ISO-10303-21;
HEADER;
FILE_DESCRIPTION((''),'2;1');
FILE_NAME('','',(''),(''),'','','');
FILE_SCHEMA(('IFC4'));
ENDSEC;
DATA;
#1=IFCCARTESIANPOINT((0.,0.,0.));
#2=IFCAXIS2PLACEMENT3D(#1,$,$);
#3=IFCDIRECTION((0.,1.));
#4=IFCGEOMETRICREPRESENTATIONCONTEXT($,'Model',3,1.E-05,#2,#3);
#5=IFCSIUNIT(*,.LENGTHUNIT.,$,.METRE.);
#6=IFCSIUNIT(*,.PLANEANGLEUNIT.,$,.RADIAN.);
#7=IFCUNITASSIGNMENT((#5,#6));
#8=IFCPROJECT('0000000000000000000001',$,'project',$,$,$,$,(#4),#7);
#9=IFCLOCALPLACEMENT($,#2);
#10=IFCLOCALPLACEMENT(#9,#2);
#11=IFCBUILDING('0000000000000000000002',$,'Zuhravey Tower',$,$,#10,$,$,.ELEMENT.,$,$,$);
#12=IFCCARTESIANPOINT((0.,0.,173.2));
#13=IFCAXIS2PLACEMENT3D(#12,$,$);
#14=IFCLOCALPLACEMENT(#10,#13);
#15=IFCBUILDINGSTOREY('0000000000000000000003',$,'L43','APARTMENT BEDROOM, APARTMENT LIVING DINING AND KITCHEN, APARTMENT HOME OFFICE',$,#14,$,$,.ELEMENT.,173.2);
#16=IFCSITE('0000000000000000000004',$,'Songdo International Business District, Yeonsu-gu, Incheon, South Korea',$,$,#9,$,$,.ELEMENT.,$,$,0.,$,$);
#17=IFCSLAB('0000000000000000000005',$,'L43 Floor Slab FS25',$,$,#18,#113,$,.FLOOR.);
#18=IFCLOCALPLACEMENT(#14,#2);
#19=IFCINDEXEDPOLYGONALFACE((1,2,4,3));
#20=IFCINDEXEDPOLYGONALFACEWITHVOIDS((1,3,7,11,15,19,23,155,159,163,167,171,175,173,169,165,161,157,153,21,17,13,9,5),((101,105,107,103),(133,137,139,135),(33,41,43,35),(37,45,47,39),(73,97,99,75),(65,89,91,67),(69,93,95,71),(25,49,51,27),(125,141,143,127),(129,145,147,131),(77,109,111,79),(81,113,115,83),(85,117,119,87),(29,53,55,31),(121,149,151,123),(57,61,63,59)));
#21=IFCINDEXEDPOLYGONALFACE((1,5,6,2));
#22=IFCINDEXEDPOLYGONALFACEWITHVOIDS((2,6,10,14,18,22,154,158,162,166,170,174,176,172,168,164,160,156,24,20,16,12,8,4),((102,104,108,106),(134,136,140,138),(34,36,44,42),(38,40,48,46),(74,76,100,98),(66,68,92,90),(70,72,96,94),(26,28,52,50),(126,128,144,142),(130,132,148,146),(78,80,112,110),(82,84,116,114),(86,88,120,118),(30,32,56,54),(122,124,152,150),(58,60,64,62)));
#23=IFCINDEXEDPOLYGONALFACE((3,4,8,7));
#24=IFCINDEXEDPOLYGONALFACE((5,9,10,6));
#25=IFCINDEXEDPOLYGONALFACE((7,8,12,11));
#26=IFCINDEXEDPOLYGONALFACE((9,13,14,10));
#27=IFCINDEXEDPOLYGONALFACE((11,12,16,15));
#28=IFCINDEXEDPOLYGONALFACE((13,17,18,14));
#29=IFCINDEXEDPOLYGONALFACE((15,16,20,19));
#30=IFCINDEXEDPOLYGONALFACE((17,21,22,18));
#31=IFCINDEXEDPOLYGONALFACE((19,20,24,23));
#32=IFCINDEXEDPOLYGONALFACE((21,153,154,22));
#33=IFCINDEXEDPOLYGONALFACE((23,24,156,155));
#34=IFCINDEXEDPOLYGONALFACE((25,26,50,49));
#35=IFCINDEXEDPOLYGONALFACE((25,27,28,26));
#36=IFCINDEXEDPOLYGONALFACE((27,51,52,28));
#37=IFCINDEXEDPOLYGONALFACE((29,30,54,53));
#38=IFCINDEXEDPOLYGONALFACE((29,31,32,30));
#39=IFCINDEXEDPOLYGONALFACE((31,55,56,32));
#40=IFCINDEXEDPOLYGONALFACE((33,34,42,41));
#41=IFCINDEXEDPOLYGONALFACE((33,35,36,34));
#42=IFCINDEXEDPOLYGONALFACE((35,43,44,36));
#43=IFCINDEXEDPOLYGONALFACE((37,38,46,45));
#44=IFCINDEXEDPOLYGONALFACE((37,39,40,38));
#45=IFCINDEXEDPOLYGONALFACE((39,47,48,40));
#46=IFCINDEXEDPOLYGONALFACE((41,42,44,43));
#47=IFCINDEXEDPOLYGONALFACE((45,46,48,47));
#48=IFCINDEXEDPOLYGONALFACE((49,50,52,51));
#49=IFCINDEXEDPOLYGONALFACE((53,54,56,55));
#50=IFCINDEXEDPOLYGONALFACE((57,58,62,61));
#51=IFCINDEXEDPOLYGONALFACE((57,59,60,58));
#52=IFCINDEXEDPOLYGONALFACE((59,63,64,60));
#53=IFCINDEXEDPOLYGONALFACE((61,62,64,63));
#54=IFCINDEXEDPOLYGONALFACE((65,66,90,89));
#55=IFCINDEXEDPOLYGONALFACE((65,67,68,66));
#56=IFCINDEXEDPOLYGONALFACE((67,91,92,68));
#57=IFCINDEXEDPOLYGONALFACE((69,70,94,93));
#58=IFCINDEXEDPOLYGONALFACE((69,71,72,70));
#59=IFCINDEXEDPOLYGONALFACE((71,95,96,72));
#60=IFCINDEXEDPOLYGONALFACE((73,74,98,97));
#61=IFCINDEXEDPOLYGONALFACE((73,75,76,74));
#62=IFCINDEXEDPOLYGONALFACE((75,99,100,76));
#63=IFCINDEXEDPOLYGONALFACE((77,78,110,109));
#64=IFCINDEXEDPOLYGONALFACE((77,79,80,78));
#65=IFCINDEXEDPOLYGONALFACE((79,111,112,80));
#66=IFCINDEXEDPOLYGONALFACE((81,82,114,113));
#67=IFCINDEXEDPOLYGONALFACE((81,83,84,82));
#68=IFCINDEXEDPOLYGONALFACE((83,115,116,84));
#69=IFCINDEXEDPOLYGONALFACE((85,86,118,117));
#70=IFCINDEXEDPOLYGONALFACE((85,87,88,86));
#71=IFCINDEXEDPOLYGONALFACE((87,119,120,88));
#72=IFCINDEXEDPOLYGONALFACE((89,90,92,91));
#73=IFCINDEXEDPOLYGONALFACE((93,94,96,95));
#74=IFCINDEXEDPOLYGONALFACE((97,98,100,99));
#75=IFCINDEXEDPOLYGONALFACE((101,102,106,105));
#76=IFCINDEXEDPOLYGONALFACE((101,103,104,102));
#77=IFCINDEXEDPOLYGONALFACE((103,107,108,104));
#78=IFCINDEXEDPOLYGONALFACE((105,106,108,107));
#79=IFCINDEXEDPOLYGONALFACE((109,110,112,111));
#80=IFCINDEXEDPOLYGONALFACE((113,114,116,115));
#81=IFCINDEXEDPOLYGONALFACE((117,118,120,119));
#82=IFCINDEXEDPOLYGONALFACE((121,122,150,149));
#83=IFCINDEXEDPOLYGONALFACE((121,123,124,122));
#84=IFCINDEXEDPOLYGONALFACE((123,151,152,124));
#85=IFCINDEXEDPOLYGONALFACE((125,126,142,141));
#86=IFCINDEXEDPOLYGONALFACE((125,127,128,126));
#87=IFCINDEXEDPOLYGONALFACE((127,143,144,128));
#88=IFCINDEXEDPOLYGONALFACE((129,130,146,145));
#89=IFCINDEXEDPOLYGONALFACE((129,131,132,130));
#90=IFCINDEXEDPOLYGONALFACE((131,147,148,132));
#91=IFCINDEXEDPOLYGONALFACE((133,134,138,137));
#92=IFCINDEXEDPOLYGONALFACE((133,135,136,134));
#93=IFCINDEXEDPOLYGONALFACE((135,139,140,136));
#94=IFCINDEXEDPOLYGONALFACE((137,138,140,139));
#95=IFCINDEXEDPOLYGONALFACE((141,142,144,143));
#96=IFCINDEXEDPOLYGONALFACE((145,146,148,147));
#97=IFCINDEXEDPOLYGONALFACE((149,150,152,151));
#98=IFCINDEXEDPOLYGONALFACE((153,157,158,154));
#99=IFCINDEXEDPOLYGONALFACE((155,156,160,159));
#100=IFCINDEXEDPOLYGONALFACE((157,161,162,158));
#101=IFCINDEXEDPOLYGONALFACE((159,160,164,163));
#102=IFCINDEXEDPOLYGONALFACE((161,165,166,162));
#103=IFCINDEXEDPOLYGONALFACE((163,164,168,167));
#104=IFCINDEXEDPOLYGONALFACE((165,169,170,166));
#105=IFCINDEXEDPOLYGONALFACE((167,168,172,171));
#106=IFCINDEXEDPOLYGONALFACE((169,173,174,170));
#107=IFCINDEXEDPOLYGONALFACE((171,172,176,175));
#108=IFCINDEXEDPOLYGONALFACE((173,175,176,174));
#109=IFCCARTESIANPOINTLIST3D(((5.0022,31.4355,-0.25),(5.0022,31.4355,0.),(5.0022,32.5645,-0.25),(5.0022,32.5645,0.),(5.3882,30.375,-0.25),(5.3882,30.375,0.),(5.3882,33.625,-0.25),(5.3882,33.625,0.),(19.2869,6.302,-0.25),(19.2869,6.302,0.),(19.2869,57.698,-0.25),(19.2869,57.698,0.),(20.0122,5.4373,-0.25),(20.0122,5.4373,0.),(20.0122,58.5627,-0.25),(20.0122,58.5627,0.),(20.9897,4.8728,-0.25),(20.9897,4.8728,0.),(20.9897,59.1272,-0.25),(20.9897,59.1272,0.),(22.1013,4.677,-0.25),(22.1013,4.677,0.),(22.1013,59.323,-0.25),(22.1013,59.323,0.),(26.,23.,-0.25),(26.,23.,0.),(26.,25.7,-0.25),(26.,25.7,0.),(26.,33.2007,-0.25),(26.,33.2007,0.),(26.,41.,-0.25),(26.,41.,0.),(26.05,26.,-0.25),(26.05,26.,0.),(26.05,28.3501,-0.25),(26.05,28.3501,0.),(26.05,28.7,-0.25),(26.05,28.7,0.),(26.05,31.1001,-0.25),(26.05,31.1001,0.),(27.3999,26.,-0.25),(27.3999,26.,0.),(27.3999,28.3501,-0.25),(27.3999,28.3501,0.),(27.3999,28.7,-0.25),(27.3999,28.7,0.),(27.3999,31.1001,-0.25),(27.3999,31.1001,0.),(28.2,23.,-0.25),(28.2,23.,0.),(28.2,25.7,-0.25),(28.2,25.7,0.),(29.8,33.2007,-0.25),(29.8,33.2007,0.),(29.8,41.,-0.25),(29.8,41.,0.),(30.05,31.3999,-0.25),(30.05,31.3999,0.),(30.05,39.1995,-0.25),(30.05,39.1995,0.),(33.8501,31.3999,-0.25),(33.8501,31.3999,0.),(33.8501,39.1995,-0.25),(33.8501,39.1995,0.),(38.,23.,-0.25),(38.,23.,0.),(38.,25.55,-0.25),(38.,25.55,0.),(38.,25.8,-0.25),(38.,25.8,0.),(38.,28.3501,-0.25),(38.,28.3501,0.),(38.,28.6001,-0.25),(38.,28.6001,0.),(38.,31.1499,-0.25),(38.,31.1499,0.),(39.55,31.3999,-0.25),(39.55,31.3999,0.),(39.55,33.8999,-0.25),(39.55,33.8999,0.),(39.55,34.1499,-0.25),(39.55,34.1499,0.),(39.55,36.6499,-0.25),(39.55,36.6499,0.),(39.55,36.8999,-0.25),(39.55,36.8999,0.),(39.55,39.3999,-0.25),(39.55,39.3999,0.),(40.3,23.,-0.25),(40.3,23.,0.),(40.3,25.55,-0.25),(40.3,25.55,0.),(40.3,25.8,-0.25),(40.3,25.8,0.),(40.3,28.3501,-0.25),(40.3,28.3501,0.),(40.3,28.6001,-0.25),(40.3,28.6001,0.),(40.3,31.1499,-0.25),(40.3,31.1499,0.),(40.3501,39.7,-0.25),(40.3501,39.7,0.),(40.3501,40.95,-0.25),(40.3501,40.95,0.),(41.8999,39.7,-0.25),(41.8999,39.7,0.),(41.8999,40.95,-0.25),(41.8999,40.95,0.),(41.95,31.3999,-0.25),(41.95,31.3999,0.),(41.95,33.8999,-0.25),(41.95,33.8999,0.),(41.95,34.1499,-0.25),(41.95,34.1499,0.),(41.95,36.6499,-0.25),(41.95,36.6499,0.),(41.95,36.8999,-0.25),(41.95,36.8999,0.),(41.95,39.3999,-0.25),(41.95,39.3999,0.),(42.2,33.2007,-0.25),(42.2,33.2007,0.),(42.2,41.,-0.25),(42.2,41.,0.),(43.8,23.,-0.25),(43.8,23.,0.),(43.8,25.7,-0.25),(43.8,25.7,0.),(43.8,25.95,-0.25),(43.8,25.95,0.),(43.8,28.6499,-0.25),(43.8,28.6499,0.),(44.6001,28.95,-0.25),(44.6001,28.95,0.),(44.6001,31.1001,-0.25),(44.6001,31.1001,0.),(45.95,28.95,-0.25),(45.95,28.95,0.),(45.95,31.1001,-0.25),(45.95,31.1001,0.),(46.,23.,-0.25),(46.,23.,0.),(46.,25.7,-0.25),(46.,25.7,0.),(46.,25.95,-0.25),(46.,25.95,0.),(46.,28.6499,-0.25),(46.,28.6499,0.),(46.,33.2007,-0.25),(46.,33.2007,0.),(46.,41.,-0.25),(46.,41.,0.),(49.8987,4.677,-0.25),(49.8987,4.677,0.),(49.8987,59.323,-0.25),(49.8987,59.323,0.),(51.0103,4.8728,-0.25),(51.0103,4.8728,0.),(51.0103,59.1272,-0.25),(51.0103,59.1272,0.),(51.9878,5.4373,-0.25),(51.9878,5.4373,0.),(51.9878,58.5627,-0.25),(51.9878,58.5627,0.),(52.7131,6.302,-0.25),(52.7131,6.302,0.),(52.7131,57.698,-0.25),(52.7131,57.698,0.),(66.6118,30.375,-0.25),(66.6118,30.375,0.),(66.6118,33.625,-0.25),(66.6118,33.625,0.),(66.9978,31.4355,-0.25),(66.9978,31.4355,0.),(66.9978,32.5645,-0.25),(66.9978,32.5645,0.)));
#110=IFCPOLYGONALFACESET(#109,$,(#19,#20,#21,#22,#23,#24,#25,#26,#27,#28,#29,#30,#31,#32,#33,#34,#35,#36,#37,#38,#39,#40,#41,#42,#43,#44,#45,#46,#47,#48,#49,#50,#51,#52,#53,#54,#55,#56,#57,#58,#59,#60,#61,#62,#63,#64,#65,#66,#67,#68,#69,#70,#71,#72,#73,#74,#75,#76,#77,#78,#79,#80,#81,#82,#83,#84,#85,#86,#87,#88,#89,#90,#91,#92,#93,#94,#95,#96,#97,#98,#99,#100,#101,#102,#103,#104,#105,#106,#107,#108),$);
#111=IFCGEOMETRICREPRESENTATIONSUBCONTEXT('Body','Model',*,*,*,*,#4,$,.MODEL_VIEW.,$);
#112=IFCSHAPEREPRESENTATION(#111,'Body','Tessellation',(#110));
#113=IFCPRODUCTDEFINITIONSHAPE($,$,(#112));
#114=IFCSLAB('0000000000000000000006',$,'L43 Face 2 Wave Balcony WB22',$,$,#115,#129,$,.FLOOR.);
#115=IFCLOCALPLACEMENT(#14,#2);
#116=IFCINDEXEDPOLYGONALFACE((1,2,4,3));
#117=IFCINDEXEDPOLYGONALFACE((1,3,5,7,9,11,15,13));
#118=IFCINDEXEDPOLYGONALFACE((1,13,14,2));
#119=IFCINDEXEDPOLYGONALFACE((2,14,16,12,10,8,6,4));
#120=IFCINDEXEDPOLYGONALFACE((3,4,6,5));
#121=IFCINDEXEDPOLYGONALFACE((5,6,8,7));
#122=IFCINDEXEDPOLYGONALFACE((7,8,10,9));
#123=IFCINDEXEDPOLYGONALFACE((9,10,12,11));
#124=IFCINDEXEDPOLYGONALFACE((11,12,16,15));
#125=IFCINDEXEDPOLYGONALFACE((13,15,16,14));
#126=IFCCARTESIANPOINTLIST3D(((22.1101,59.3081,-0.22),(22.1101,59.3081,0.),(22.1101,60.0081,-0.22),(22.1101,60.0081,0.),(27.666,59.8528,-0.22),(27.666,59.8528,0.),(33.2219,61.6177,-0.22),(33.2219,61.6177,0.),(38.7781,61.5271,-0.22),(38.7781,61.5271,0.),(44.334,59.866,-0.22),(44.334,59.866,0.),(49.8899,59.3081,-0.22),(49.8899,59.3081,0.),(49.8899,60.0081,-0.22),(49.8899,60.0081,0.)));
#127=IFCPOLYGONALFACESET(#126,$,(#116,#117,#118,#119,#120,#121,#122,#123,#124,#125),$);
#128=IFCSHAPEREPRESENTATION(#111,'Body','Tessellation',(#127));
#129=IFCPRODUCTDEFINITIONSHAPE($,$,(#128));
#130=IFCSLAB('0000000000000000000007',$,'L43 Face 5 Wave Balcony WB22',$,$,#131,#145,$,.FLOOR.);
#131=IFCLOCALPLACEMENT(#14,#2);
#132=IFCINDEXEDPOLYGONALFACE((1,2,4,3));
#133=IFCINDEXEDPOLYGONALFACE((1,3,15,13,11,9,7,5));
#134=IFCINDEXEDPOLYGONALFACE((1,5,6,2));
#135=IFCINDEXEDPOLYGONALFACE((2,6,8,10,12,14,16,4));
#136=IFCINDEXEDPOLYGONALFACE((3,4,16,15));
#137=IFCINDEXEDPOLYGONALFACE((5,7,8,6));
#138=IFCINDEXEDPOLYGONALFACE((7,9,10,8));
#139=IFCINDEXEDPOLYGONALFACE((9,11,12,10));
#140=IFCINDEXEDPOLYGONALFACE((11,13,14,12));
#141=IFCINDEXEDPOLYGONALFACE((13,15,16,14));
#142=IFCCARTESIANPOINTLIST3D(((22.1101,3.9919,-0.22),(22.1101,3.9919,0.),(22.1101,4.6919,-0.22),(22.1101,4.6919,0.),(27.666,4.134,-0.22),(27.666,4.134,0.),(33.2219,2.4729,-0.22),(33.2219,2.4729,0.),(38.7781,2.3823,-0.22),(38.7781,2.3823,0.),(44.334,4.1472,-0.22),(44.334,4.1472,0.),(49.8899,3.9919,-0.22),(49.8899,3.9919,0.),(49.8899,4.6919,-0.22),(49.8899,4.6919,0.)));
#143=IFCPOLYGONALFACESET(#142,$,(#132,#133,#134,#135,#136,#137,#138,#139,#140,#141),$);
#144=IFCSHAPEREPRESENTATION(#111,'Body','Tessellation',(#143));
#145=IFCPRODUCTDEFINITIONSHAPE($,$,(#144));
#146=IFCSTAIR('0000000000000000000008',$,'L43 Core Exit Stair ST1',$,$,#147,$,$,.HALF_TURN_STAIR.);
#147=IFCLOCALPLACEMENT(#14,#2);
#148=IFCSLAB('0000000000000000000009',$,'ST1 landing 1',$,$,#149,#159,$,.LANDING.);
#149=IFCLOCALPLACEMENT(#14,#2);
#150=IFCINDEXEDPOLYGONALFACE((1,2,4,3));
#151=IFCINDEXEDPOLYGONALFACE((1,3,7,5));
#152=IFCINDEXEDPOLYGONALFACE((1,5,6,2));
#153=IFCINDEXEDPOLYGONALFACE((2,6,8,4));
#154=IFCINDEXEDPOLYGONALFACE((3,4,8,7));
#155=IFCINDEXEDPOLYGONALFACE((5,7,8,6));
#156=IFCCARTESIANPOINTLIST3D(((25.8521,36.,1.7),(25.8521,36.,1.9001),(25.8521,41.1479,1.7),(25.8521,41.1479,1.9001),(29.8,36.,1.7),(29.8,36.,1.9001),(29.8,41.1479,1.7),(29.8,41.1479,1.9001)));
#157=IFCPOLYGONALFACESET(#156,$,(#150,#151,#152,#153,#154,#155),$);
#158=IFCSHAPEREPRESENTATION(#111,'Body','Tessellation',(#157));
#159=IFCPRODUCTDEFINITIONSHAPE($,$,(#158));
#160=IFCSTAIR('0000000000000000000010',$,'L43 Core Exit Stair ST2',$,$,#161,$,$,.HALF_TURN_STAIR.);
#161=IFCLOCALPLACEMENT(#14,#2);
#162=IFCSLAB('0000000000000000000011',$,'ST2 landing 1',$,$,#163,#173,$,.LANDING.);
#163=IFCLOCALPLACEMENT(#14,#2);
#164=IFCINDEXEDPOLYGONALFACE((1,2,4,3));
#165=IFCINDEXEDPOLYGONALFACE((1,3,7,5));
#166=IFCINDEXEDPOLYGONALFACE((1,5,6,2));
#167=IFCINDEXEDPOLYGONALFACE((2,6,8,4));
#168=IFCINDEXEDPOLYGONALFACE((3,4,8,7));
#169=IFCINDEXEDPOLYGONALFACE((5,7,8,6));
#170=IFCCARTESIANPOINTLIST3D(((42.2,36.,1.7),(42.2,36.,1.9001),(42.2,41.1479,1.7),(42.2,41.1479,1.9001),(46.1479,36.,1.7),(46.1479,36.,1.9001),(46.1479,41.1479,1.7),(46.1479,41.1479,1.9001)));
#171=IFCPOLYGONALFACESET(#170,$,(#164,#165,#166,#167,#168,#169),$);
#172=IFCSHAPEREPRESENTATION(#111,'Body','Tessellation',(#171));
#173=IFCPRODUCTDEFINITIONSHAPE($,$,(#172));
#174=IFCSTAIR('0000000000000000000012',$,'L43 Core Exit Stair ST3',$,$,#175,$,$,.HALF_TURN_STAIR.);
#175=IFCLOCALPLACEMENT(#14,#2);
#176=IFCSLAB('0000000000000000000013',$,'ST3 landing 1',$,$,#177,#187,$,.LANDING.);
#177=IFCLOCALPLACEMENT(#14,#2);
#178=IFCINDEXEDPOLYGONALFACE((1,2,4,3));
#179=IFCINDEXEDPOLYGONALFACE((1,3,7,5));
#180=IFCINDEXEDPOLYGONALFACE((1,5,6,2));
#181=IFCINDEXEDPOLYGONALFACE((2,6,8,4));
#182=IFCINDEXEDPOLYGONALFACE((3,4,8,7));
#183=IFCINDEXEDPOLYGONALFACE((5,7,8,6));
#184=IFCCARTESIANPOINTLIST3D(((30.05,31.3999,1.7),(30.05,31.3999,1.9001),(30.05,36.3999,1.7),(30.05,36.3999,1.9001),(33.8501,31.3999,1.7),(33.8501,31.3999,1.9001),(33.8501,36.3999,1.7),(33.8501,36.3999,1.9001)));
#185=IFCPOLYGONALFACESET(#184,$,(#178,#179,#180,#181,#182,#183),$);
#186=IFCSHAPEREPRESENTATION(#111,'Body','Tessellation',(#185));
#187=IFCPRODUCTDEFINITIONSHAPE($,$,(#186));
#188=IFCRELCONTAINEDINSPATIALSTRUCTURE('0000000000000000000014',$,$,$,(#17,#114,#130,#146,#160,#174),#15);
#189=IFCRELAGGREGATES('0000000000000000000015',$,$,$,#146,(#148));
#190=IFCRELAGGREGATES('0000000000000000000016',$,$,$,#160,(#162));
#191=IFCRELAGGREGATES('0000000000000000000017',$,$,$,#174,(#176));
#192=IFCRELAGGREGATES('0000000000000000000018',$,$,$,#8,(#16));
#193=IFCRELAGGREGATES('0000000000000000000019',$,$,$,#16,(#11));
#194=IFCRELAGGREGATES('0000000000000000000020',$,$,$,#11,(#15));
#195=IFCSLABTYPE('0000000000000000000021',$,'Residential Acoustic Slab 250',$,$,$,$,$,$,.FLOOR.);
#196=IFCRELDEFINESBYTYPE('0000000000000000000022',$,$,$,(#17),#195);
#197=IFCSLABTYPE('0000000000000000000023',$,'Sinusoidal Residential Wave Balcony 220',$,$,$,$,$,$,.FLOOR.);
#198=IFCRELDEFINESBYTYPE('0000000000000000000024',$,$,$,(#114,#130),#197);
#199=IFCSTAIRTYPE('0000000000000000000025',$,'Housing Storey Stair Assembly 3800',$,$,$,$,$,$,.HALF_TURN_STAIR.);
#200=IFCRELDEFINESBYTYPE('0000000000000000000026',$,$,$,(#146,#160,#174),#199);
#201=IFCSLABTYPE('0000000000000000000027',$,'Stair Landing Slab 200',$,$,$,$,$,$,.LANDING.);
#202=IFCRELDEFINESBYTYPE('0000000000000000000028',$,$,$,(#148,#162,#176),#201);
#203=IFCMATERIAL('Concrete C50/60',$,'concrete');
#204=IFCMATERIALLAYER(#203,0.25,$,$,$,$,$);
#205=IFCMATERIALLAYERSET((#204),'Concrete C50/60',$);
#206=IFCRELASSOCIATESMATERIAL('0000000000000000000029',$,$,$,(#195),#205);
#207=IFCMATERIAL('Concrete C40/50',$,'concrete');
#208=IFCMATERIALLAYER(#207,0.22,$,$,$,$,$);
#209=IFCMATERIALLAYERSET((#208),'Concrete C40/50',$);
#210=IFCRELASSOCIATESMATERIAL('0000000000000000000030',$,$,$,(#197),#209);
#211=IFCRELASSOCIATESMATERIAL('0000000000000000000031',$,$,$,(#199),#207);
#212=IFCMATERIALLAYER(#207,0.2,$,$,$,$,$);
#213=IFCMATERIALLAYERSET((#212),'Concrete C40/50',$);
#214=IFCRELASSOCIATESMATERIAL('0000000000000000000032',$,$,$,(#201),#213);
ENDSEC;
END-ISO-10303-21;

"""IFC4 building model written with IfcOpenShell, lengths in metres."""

from ifc_helpers import new_model, si_unit, direction, frame, origin, place, context, subcontext, project, spatial, polyline, outline, extrude, material, layer, layer_set, type_object, element, aggregate, save


model = new_model("IFC4")

# Units and contexts
model_context = context("Model", 3, precision=1e-05, world=origin(), true_north=direction((0.0, 1.0)))
body_context = subcontext(model_context, "Body", "Model", "MODEL_VIEW")
ifc_project = project(units=[si_unit("LENGTHUNIT", "METRE"), si_unit("PLANEANGLEUNIT", "RADIAN")], contexts=[model_context])

# Site, building, storey
site_placement = place(None, origin())
site = spatial("IfcSite", under=ifc_project, at=site_placement, Name="Songdo International Business District, Yeonsu-gu, Incheon, South Korea", CompositionType="ELEMENT", RefElevation=0.0)
building_placement = place(site_placement, origin())
building = spatial("IfcBuilding", under=site, at=building_placement, Name="Zuhravey Tower", CompositionType="ELEMENT")
storey_placement = place(building_placement, frame((0.0, 0.0, 173.2)))
storey = spatial("IfcBuildingStorey", under=building, at=storey_placement, Name="L43", Description="APARTMENT BEDROOM, APARTMENT LIVING DINING AND KITCHEN, APARTMENT HOME OFFICE", CompositionType="ELEMENT", Elevation=173.2)

# Slabs
ifc_material_1 = material(Name="Concrete C50/60", Category="concrete")
ifc_layer_1 = layer(ifc_material_1, 0.25)
ifc_layer_set_1 = layer_set([ifc_layer_1], Name="Concrete C50/60")
slab_type_1 = type_object("IfcSlabType", Name="Residential Acoustic Slab 250", PredefinedType="FLOOR", material=ifc_layer_set_1)
slab_1_placement = place(storey_placement, frame((0.0, 0.0, -0.25)))
element("IfcSlab", 1, at=slab_1_placement, inside=storey, type_object=slab_type_1, Name="L43 Floor Slab FS25", PredefinedType="FLOOR", context=body_context, shape_type="SweptSolid", body=[
    extrude(outline(polyline([(66.6118, 30.375), (66.9978, 31.4355), (66.9978, 32.5645), (66.6118, 33.625), (52.7131, 57.698), (51.9878, 58.5627), (51.0103, 59.1272), (49.8987, 59.323), (22.1013, 59.323), (20.9897, 59.1272), (20.0122, 58.5627), (19.2869, 57.698), (5.3882, 33.625), (5.0022, 32.5645), (5.0022, 31.4355), (5.3882, 30.375), (19.2869, 6.302), (20.0122, 5.4373), (20.9897, 4.8728), (22.1013, 4.677), (49.8987, 4.677), (51.0103, 4.8728), (51.9878, 5.4373), (52.7131, 6.302), (66.6118, 30.375)]), holes=[polyline([(29.8, 33.2007), (29.8, 41.0), (26.0, 41.0), (26.0, 33.2007), (29.8, 33.2007)]), polyline([(46.0, 33.2007), (46.0, 41.0), (42.2, 41.0), (42.2, 33.2007), (46.0, 33.2007)]), polyline([(30.05, 39.1995), (30.05, 31.3999), (33.8501, 31.3999), (33.8501, 39.1995), (30.05, 39.1995)]), polyline([(38.0, 23.0), (40.3, 23.0), (40.3, 25.55), (38.0, 25.55), (38.0, 23.0)]), polyline([(38.0, 25.8), (40.3, 25.8), (40.3, 28.3501), (38.0, 28.3501), (38.0, 25.8)]), polyline([(38.0, 28.6001), (40.3, 28.6001), (40.3, 31.1499), (38.0, 31.1499), (38.0, 28.6001)]), polyline([(39.55, 31.3999), (41.95, 31.3999), (41.95, 33.8999), (39.55, 33.8999), (39.55, 31.3999)]), polyline([(39.55, 34.1499), (41.95, 34.1499), (41.95, 36.6499), (39.55, 36.6499), (39.55, 34.1499)]), polyline([(39.55, 36.8999), (41.95, 36.8999), (41.95, 39.3999), (39.55, 39.3999), (39.55, 36.8999)]), polyline([(26.0, 23.0), (28.2, 23.0), (28.2, 25.7), (26.0, 25.7), (26.0, 23.0)]), polyline([(43.8, 23.0), (46.0, 23.0), (46.0, 25.7), (43.8, 25.7), (43.8, 23.0)]), polyline([(43.8, 25.95), (46.0, 25.95), (46.0, 28.6499), (43.8, 28.6499), (43.8, 25.95)]), polyline([(26.05, 26.0), (27.3999, 26.0), (27.3999, 28.3501), (26.05, 28.3501), (26.05, 26.0)]), polyline([(26.05, 28.7), (27.3999, 28.7), (27.3999, 31.1001), (26.05, 31.1001), (26.05, 28.7)]), polyline([(44.6001, 28.95), (45.95, 28.95), (45.95, 31.1001), (44.6001, 31.1001), (44.6001, 28.95)]), polyline([(40.3501, 39.7), (41.8999, 39.7), (41.8999, 40.95), (40.3501, 40.95), (40.3501, 39.7)])]), origin(), (0.0, 0.0, 1.0), 0.25),
])
ifc_material_2 = material(Name="Concrete C40/50", Category="concrete")
ifc_layer_2 = layer(ifc_material_2, 0.22)
ifc_layer_set_2 = layer_set([ifc_layer_2], Name="Concrete C40/50")
slab_type_2 = type_object("IfcSlabType", Name="Sinusoidal Residential Wave Balcony 220", PredefinedType="FLOOR", material=ifc_layer_set_2)
slab_2_placement = place(storey_placement, frame((0.0, 0.0, -0.22)))
element("IfcSlab", 2, at=slab_2_placement, inside=storey, type_object=slab_type_2, Name="L43 Face 2 Wave Balcony WB22", PredefinedType="FLOOR", context=body_context, shape_type="SweptSolid", body=[
    extrude(outline(polyline([(49.8899, 59.3081), (22.1101, 59.3081), (22.1101, 60.0081), (27.666, 59.8528), (33.2219, 61.6177), (38.7781, 61.5271), (44.334, 59.866), (49.8899, 60.0081), (49.8899, 59.3081)])), origin(), (0.0, 0.0, 1.0), 0.22),
])
slab_3_placement = place(storey_placement, frame((0.0, 0.0, -0.22)))
element("IfcSlab", 3, at=slab_3_placement, inside=storey, type_object=slab_type_2, Name="L43 Face 5 Wave Balcony WB22", PredefinedType="FLOOR", context=body_context, shape_type="SweptSolid", body=[
    extrude(outline(polyline([(22.1101, 4.6919), (49.8899, 4.6919), (49.8899, 3.9919), (44.334, 4.1472), (38.7781, 2.3823), (33.2219, 2.4729), (27.666, 4.134), (22.1101, 3.9919), (22.1101, 4.6919)])), origin(), (0.0, 0.0, 1.0), 0.22),
])

# Stairs, slabs
stair_type = type_object("IfcStairType", Name="Housing Storey Stair Assembly 3800", PredefinedType="HALF_TURN_STAIR", material=ifc_material_2)
stair_1_placement = place(storey_placement, origin())
stair_1 = element("IfcStair", 4, at=stair_1_placement, inside=storey, type_object=stair_type, Name="L43 Core Exit Stair ST1", PredefinedType="HALF_TURN_STAIR")
ifc_layer_3 = layer(ifc_material_2, 0.2)
ifc_layer_set_3 = layer_set([ifc_layer_3], Name="Concrete C40/50")
slab_type_3 = type_object("IfcSlabType", Name="Stair Landing Slab 200", PredefinedType="LANDING", material=ifc_layer_set_3)
slab_4_placement = place(storey_placement, frame((0.0, 0.0, 1.7)))
slab_4 = element("IfcSlab", 5, at=slab_4_placement, type_object=slab_type_3, Name="ST1 landing 1", PredefinedType="LANDING", context=body_context, shape_type="SweptSolid", body=[
    extrude(outline(polyline([(29.8, 36.0), (29.8, 41.1479), (25.8521, 41.1479), (25.8521, 36.0), (29.8, 36.0)])), origin(), (0.0, 0.0, 1.0), 0.2002),
])
aggregate(stair_1, [slab_4])
stair_2_placement = place(storey_placement, origin())
stair_2 = element("IfcStair", 6, at=stair_2_placement, inside=storey, type_object=stair_type, Name="L43 Core Exit Stair ST2", PredefinedType="HALF_TURN_STAIR")
slab_5_placement = place(storey_placement, frame((0.0, 0.0, 1.7)))
slab_5 = element("IfcSlab", 7, at=slab_5_placement, type_object=slab_type_3, Name="ST2 landing 1", PredefinedType="LANDING", context=body_context, shape_type="SweptSolid", body=[
    extrude(outline(polyline([(46.1479, 36.0), (46.1479, 41.1479), (42.2, 41.1479), (42.2, 36.0), (46.1479, 36.0)])), origin(), (0.0, 0.0, 1.0), 0.2002),
])
aggregate(stair_2, [slab_5])
stair_3_placement = place(storey_placement, origin())
stair_3 = element("IfcStair", 8, at=stair_3_placement, inside=storey, type_object=stair_type, Name="L43 Core Exit Stair ST3", PredefinedType="HALF_TURN_STAIR")
slab_6_placement = place(storey_placement, frame((0.0, 0.0, 1.7)))
slab_6 = element("IfcSlab", 9, at=slab_6_placement, type_object=slab_type_3, Name="ST3 landing 1", PredefinedType="LANDING", context=body_context, shape_type="SweptSolid", body=[
    extrude(outline(polyline([(30.05, 36.3999), (30.05, 31.3999), (33.8501, 31.3999), (33.8501, 36.3999), (30.05, 36.3999)])), origin(), (0.0, 0.0, 1.0), 0.2002),
])
aggregate(stair_3, [slab_6])

save(model, "model.ifc")
